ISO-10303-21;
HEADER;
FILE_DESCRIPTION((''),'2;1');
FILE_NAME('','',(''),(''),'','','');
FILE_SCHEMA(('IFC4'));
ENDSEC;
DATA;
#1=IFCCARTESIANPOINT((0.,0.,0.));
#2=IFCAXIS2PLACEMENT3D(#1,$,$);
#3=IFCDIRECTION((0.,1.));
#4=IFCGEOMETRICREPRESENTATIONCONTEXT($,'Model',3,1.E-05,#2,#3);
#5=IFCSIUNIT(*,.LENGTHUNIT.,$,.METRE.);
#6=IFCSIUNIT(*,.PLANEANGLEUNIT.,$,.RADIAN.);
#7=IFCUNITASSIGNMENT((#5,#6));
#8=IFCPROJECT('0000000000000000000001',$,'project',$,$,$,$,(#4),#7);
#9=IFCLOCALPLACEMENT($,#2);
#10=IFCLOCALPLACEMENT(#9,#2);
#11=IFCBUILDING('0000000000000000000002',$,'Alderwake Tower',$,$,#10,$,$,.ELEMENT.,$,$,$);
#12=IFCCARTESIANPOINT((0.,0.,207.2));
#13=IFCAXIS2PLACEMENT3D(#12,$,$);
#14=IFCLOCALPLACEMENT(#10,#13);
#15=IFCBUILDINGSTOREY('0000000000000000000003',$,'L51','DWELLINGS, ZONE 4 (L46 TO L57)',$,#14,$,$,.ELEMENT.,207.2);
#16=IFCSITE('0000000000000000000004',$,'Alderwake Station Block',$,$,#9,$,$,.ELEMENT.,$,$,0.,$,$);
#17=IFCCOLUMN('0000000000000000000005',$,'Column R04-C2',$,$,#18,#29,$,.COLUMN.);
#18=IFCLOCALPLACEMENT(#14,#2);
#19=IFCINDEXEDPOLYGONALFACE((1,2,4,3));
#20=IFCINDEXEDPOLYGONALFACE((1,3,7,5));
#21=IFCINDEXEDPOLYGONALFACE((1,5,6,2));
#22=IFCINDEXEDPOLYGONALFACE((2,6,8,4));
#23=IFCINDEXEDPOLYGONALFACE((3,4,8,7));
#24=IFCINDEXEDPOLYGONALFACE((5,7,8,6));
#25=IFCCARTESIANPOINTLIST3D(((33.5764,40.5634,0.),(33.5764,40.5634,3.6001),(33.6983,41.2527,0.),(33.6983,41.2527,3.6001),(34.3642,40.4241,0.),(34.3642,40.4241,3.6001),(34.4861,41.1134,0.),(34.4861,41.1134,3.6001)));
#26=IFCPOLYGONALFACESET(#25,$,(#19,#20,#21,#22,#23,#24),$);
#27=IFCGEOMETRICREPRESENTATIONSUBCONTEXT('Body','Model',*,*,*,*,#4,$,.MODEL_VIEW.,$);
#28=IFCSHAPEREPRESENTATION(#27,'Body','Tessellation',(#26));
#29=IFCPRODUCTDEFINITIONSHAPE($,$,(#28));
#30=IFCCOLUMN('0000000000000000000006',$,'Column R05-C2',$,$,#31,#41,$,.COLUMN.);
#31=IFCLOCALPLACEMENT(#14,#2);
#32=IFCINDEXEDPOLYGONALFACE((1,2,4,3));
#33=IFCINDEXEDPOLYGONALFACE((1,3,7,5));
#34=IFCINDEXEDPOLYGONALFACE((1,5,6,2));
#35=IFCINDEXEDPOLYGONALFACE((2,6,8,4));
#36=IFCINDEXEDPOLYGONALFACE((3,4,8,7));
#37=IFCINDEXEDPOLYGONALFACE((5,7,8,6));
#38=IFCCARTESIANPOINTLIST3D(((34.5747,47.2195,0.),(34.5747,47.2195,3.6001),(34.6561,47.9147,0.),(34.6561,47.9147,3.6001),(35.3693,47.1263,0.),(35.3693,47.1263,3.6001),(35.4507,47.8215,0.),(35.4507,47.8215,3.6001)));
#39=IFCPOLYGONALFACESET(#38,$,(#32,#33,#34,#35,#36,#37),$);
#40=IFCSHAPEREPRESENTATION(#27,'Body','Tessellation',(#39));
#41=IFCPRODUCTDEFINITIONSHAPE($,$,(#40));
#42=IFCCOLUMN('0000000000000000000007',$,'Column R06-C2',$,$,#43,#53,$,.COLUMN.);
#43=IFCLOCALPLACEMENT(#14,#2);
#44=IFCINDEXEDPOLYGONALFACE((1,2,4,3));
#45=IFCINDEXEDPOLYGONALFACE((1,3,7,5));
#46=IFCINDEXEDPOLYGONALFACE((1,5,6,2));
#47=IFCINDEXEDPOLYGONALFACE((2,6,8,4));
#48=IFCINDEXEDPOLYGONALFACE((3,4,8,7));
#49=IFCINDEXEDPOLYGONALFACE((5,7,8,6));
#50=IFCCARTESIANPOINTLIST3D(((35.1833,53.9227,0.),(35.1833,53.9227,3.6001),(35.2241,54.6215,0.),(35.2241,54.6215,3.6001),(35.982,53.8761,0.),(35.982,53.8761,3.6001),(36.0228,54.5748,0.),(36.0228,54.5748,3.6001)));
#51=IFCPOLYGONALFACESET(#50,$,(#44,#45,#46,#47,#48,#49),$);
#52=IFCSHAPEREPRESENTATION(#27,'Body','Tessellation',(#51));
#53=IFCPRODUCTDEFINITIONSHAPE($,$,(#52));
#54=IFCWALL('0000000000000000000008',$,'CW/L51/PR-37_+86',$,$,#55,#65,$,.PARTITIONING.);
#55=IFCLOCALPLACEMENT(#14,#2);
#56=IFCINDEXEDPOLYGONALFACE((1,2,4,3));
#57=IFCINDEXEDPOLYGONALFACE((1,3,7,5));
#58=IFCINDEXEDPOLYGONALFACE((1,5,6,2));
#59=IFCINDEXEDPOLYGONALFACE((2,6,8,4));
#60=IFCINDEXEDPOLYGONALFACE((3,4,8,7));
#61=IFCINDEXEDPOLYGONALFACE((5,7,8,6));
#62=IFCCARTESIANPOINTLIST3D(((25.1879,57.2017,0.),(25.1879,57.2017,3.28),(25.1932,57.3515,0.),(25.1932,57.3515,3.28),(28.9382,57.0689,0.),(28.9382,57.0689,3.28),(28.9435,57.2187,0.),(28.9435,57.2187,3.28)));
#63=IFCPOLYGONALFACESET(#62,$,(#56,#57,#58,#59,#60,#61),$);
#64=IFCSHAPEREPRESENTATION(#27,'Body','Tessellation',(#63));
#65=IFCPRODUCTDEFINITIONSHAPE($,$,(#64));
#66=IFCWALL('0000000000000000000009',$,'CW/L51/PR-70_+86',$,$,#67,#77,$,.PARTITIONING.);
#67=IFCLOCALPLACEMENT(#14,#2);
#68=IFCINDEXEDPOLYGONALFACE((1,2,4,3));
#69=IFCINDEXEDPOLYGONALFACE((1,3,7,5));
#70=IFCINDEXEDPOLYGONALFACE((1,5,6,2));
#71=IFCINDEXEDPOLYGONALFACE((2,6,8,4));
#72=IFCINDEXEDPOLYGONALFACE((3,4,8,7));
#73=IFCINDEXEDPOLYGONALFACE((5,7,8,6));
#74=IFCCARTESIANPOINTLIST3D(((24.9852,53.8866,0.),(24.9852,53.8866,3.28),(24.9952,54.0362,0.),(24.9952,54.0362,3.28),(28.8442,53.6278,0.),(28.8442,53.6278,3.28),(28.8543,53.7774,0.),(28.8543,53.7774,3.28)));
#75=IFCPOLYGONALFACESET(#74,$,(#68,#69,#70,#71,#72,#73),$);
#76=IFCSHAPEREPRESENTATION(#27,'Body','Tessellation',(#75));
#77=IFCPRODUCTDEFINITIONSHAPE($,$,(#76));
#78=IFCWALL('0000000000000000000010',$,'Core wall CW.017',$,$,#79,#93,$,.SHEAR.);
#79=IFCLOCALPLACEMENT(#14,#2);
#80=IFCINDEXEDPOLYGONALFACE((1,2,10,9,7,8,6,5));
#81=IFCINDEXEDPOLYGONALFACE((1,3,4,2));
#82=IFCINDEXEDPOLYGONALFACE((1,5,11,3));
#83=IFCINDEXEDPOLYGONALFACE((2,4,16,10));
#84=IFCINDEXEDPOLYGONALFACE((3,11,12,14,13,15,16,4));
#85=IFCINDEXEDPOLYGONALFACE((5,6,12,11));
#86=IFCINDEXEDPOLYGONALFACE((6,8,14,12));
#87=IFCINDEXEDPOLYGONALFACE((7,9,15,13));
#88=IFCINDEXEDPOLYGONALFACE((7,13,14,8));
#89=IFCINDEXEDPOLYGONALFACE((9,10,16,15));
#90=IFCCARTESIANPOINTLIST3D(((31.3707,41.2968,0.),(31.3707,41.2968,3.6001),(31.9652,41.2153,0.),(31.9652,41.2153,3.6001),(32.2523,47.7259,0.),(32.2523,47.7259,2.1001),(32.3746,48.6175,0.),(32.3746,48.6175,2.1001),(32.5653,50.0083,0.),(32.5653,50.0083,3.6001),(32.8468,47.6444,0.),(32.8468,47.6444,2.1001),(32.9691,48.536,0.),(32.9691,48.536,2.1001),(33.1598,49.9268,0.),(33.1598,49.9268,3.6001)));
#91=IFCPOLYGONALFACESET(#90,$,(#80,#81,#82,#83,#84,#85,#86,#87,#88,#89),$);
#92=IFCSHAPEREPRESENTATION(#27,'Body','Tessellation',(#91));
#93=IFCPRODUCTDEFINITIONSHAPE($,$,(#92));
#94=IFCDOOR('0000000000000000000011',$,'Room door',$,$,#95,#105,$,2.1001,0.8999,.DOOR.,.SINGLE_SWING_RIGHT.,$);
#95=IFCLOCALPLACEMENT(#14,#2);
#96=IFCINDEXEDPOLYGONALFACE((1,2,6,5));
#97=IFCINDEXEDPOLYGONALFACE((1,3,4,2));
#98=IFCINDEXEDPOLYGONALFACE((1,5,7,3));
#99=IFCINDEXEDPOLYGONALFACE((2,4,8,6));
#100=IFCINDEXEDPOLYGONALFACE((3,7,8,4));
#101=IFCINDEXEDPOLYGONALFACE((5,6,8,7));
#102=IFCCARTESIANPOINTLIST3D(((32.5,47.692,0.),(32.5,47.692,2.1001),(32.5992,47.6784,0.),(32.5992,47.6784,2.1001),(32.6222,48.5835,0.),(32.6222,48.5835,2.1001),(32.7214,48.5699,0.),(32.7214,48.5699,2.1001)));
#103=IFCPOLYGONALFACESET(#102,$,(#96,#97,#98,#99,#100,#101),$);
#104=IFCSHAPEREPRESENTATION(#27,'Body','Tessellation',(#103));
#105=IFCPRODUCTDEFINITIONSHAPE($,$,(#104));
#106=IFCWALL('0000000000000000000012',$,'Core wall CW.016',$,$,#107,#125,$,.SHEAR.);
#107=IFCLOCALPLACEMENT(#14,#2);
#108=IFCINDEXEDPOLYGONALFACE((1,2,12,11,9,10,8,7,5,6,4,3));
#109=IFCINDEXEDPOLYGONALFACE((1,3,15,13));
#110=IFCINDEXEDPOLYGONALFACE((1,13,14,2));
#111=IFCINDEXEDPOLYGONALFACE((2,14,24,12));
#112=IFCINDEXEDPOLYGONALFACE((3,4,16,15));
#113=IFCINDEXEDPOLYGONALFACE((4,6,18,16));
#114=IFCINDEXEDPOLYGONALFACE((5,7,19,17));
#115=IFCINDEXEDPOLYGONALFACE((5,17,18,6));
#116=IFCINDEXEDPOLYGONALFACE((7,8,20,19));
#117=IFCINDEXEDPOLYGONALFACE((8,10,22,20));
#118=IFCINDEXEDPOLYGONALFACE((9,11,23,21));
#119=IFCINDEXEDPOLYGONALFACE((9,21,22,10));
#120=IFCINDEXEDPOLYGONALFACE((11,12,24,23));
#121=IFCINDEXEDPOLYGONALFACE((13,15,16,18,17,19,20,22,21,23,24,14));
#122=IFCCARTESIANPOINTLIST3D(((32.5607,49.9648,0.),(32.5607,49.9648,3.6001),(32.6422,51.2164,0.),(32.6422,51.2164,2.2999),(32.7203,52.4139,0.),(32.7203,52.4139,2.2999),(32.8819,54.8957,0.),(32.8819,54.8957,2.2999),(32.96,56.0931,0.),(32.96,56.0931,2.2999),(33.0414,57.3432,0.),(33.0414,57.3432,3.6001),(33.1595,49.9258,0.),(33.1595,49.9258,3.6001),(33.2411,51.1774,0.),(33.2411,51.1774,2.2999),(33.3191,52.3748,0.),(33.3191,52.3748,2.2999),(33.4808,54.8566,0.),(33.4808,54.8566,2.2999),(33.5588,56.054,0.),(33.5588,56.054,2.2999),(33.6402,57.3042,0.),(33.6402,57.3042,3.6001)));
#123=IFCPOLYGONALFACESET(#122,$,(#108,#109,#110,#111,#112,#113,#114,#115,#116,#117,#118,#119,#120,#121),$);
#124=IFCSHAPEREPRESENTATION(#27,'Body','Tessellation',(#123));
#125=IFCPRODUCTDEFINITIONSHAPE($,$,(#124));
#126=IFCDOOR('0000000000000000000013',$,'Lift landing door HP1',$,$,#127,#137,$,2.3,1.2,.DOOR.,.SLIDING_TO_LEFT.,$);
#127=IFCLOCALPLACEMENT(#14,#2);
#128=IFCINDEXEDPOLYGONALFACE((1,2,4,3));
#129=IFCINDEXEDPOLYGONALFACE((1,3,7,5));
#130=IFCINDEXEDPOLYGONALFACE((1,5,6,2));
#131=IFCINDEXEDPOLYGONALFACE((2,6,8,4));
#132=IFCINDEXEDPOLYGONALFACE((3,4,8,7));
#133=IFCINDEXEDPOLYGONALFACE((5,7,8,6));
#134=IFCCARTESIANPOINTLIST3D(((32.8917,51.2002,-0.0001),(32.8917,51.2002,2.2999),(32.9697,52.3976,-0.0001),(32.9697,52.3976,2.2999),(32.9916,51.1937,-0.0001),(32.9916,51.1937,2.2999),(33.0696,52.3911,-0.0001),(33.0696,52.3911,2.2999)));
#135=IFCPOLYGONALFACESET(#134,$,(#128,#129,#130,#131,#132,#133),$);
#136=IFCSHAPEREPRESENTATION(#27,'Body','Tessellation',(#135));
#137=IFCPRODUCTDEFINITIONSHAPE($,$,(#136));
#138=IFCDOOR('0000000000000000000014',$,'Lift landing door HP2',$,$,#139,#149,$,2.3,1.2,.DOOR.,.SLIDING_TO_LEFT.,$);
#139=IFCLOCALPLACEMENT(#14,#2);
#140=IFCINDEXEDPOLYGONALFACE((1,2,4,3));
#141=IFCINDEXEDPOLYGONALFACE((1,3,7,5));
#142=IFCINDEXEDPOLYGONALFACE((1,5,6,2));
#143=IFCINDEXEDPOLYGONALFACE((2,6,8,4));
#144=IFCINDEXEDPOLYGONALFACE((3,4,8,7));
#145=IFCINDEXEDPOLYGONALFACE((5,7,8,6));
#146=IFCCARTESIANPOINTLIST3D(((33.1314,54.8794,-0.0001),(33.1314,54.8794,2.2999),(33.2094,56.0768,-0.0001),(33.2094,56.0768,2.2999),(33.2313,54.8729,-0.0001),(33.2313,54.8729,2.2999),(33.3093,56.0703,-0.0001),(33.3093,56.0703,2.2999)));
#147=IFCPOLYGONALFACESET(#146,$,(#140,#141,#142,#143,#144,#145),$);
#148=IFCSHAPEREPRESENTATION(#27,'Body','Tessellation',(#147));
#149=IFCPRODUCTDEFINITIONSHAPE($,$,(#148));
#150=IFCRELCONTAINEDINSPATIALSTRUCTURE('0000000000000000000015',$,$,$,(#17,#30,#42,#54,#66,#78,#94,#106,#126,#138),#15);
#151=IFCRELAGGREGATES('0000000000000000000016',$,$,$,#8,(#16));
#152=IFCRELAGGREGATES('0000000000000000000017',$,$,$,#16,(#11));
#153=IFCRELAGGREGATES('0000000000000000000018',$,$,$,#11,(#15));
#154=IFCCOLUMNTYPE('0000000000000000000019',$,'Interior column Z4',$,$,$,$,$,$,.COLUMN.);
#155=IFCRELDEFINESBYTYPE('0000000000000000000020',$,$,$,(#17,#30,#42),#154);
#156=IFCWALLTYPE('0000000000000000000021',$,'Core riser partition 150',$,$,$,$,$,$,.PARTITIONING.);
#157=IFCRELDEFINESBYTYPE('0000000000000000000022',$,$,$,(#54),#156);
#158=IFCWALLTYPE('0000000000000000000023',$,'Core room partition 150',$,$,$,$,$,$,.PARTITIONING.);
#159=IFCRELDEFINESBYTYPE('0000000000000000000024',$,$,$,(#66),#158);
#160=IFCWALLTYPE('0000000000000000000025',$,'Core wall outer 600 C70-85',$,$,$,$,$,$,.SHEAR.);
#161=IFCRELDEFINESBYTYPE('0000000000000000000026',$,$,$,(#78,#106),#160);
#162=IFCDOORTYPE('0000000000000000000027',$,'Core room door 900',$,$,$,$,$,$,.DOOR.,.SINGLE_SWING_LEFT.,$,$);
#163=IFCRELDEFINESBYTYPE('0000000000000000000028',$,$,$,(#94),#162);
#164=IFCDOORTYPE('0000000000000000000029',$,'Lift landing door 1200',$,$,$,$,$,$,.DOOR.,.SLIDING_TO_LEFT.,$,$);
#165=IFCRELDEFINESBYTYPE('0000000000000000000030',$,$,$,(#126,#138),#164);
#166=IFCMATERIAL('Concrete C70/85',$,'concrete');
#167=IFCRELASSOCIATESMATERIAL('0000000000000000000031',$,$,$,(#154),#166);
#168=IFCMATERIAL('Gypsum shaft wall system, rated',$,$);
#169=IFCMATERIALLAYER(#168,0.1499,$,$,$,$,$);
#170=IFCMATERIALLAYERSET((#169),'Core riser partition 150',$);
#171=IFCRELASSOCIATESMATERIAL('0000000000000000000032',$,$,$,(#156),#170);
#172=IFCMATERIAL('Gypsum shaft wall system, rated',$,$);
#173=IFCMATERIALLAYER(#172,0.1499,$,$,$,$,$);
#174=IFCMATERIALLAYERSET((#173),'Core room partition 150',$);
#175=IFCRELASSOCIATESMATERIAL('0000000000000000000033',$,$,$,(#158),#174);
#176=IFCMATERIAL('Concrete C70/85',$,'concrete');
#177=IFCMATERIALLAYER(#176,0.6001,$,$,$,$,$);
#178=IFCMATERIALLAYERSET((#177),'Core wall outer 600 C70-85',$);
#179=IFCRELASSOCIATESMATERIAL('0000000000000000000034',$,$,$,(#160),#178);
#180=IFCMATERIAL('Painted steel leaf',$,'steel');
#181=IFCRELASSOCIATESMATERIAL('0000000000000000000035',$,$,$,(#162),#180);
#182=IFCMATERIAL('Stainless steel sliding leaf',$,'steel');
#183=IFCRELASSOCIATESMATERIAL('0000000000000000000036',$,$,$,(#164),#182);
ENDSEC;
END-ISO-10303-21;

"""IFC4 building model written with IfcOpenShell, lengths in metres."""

from ifc_helpers import new_model, si_unit, direction, frame, frame_2d, origin, origin_2d, place, context, subcontext, project, spatial, rectangle, extrude, material, layer, layer_set, material_profile, profile_set, type_object, element, fill, save


model = new_model("IFC4")

# Units and contexts
model_context = context("Model", 3, precision=1e-05, world=origin(), true_north=direction((0.0, 1.0)))
body_context = subcontext(model_context, "Body", "Model", "MODEL_VIEW")
ifc_project = project(units=[si_unit("LENGTHUNIT", "METRE"), si_unit("PLANEANGLEUNIT", "RADIAN")], contexts=[model_context])

# Site, building, storey
site_placement = place(None, origin())
site = spatial("IfcSite", under=ifc_project, at=site_placement, Name="Alderwake Station Block", CompositionType="ELEMENT", RefElevation=0.0)
building_placement = place(site_placement, origin())
building = spatial("IfcBuilding", under=site, at=building_placement, Name="Alderwake Tower", CompositionType="ELEMENT")
storey_placement = place(building_placement, frame((0.0, 0.0, 207.2)))
storey = spatial("IfcBuildingStorey", under=building, at=storey_placement, Name="L51", Description="DWELLINGS, ZONE 4 (L46 TO L57)", CompositionType="ELEMENT", Elevation=207.2)

# Columns
ifc_material_1 = material(Name="Concrete C70/85", Category="concrete")
ifc_material_profile = material_profile(ifc_material_1, rectangle(XDim=0.7, YDim=0.8, at=origin_2d()), Name="RC 800X700")
ifc_profile_set = profile_set([ifc_material_profile], Name="Concrete C70/85")
column_type = type_object("IfcColumnType", Name="Interior column Z4", PredefinedType="COLUMN", material=ifc_profile_set)
for number, where, z_axis, x_axis, name in (
    (1, (34.0312, 40.8384, 0.0), (0.0, 0.0, 1.0), (0.174109, 0.984726, 0.0), "Column R04-C2"),
    (2, (35.0127, 47.5205, 0.0), (0.0, 0.0, 1.0), (0.116402, 0.993202, 0.0), "Column R05-C2"),
    (3, (35.603, 54.2488, 0.0), (0.0, 0.0, 1.0), (0.058301, 0.998299, 0.0), "Column R06-C2"),
):
    element("IfcColumn", number, at=place(storey_placement, frame(where, z_axis=z_axis, x_axis=x_axis)), inside=storey, type_object=column_type, Name=name, PredefinedType="COLUMN", context=body_context, shape_type="SweptSolid", body=[
        extrude(rectangle(XDim=0.7, YDim=0.8, at=origin_2d()), origin(), (0.0, 0.0, 1.0), 3.6001),
    ])

# Walls
ifc_material_2 = material(Name="Gypsum shaft wall system, rated")
ifc_layer_1 = layer(ifc_material_2, 0.1499)
ifc_layer_set_1 = layer_set([ifc_layer_1], Name="Core riser partition 150")
wall_type_1 = type_object("IfcWallType", Name="Core riser partition 150", PredefinedType="PARTITIONING", material=ifc_layer_set_1)
wall_1_placement = place(storey_placement, frame((25.1904, 57.2766, 0.0), z_axis=(0.0, 0.0, 1.0), x_axis=(0.999374, -0.035392, 0.0)))
element("IfcWall", 4, at=wall_1_placement, inside=storey, type_object=wall_type_1, Name="CW/L51/PR-37_+86", PredefinedType="PARTITIONING", context=body_context, shape_type="SweptSolid", body=[
    extrude(rectangle(XDim=3.7527, YDim=0.1499, at=frame_2d((1.8765, 0.0))), origin(), (0.0, 0.0, 1.0), 3.28),
])
ifc_material_3 = material(Name="Gypsum shaft wall system, rated")
ifc_layer_2 = layer(ifc_material_3, 0.1499)
ifc_layer_set_2 = layer_set([ifc_layer_2], Name="Core room partition 150")
wall_type_2 = type_object("IfcWallType", Name="Core room partition 150", PredefinedType="PARTITIONING", material=ifc_layer_set_2)
wall_2_placement = place(storey_placement, frame((24.9902, 53.9614, 0.0), z_axis=(0.0, 0.0, 1.0), x_axis=(0.997759, -0.066913, 0.0)))
element("IfcWall", 5, at=wall_2_placement, inside=storey, type_object=wall_type_2, Name="CW/L51/PR-70_+86", PredefinedType="PARTITIONING", context=body_context, shape_type="SweptSolid", body=[
    extrude(rectangle(XDim=3.8677, YDim=0.1499, at=frame_2d((1.9338, 0.0))), origin(), (0.0, 0.0, 1.0), 3.28),
])

# Wall, opening, door
ifc_material_4 = material(Name="Concrete C70/85", Category="concrete")
ifc_layer_3 = layer(ifc_material_4, 0.6001)
ifc_layer_set_3 = layer_set([ifc_layer_3], Name="Core wall outer 600 C70-85")
wall_type_3 = type_object("IfcWallType", Name="Core wall outer 600 C70-85", PredefinedType="SHEAR", material=ifc_layer_set_3)
wall_3_placement = place(storey_placement, frame((32.8625, 49.9675, 0.0), z_axis=(0.0, 0.0, 1.0), x_axis=(-0.135857, -0.990729, 0.0)))
wall_3 = element("IfcWall", 6, at=wall_3_placement, inside=storey, type_object=wall_type_3, Name="Core wall CW.017", PredefinedType="SHEAR", context=body_context, shape_type="SweptSolid", body=[
    extrude(rectangle(XDim=8.793, YDim=0.6001, at=frame_2d((4.3965, 0.0))), origin(), (0.0, 0.0, 1.0), 3.6001),
])
opening_1_placement = place(wall_3_placement, frame((1.4038, 0.0, 0.0)))
opening_1 = element("IfcOpeningElement", 7, at=opening_1_placement, cuts=wall_3, PredefinedType="OPENING", context=body_context, shape_type="SweptSolid", body=[
    extrude(rectangle(XDim=0.8999, YDim=2.1001, at=frame_2d((0.45, 1.05))), frame((0.0, 0.3101, 0.0), z_axis=(0.0, -1.0, 0.0), x_axis=(1.0, 0.0, 0.0)), (0.0, 0.0, 1.0), 0.6201),
])
ifc_material_5 = material(Name="Painted steel leaf", Category="steel")
door_type_1 = type_object("IfcDoorType", Name="Core room door 900", OperationType="SINGLE_SWING_LEFT", PredefinedType="DOOR", material=ifc_material_5)
door_1_placement = place(opening_1_placement, origin())
door_1 = element("IfcDoor", 8, at=door_1_placement, inside=storey, type_object=door_type_1, Name="Room door", OperationType="SINGLE_SWING_RIGHT", OverallHeight=2.1001, OverallWidth=0.8999, PredefinedType="DOOR", context=body_context, shape_type="SweptSolid", body=[
    extrude(rectangle(XDim=0.8999, YDim=2.1001, at=frame_2d((0.45, 1.05))), frame((0.0, 0.05, 0.0), z_axis=(0.0, -1.0, 0.0), x_axis=(1.0, 0.0, 0.0)), (0.0, 0.0, 1.0), 0.1001),
])
fill(opening_1, door_1)

# Wall, openings, doors
wall_4_placement = place(storey_placement, frame((32.8601, 49.9453, 0.0), z_axis=(0.0, 0.0, 1.0), x_axis=(0.065013, 0.997884, 0.0)))
wall_4 = element("IfcWall", 9, at=wall_4_placement, inside=storey, type_object=wall_type_3, Name="Core wall CW.016", PredefinedType="SHEAR", context=body_context, shape_type="SweptSolid", body=[
    extrude(rectangle(XDim=7.394, YDim=0.6001, at=frame_2d((3.697, 0.0))), origin(), (0.0, 0.0, 1.0), 3.6001),
])
opening_2_placement = place(wall_4_placement, frame((1.2542, 0.0, 0.0)))
opening_2 = element("IfcOpeningElement", 10, at=opening_2_placement, cuts=wall_4, PredefinedType="OPENING", context=body_context, shape_type="SweptSolid", body=[
    extrude(rectangle(XDim=1.2, YDim=2.3, at=frame_2d((0.6001, 1.1499))), frame((0.0, 0.3101, 0.0), z_axis=(0.0, -1.0, 0.0), x_axis=(1.0, 0.0, 0.0)), (0.0, 0.0, 1.0), 0.6201),
])
opening_3_placement = place(wall_4_placement, frame((4.9412, 0.0, 0.0)))
opening_3 = element("IfcOpeningElement", 11, at=opening_3_placement, cuts=wall_4, PredefinedType="OPENING", context=body_context, shape_type="SweptSolid", body=[
    extrude(rectangle(XDim=1.2, YDim=2.3, at=frame_2d((0.6001, 1.1499))), frame((0.0, 0.3101, 0.0), z_axis=(0.0, -1.0, 0.0), x_axis=(1.0, 0.0, 0.0)), (0.0, 0.0, 1.0), 0.6201),
])
ifc_material_6 = material(Name="Stainless steel sliding leaf", Category="steel")
door_type_2 = type_object("IfcDoorType", Name="Lift landing door 1200", OperationType="SLIDING_TO_LEFT", PredefinedType="DOOR", material=ifc_material_6)
door_2_placement = place(opening_2_placement, origin())
door_2 = element("IfcDoor", 12, at=door_2_placement, inside=storey, type_object=door_type_2, Name="Lift landing door HP1", OperationType="SLIDING_TO_LEFT", OverallHeight=2.3, OverallWidth=1.2, PredefinedType="DOOR", context=body_context, shape_type="SweptSolid", body=[
    extrude(rectangle(XDim=1.2, YDim=2.3, at=frame_2d((0.6001, 1.1499))), frame((0.0, 0.05, 0.0), z_axis=(0.0, -1.0, 0.0), x_axis=(1.0, 0.0, 0.0)), (0.0, 0.0, 1.0), 0.1001),
])
fill(opening_2, door_2)
door_3_placement = place(opening_3_placement, origin())
door_3 = element("IfcDoor", 13, at=door_3_placement, inside=storey, type_object=door_type_2, Name="Lift landing door HP2", OperationType="SLIDING_TO_LEFT", OverallHeight=2.3, OverallWidth=1.2, PredefinedType="DOOR", context=body_context, shape_type="SweptSolid", body=[
    extrude(rectangle(XDim=1.2, YDim=2.3, at=frame_2d((0.6001, 1.1499))), frame((0.0, 0.05, 0.0), z_axis=(0.0, -1.0, 0.0), x_axis=(1.0, 0.0, 0.0)), (0.0, 0.0, 1.0), 0.1001),
])
fill(opening_3, door_3)

save(model, "model.ifc")
